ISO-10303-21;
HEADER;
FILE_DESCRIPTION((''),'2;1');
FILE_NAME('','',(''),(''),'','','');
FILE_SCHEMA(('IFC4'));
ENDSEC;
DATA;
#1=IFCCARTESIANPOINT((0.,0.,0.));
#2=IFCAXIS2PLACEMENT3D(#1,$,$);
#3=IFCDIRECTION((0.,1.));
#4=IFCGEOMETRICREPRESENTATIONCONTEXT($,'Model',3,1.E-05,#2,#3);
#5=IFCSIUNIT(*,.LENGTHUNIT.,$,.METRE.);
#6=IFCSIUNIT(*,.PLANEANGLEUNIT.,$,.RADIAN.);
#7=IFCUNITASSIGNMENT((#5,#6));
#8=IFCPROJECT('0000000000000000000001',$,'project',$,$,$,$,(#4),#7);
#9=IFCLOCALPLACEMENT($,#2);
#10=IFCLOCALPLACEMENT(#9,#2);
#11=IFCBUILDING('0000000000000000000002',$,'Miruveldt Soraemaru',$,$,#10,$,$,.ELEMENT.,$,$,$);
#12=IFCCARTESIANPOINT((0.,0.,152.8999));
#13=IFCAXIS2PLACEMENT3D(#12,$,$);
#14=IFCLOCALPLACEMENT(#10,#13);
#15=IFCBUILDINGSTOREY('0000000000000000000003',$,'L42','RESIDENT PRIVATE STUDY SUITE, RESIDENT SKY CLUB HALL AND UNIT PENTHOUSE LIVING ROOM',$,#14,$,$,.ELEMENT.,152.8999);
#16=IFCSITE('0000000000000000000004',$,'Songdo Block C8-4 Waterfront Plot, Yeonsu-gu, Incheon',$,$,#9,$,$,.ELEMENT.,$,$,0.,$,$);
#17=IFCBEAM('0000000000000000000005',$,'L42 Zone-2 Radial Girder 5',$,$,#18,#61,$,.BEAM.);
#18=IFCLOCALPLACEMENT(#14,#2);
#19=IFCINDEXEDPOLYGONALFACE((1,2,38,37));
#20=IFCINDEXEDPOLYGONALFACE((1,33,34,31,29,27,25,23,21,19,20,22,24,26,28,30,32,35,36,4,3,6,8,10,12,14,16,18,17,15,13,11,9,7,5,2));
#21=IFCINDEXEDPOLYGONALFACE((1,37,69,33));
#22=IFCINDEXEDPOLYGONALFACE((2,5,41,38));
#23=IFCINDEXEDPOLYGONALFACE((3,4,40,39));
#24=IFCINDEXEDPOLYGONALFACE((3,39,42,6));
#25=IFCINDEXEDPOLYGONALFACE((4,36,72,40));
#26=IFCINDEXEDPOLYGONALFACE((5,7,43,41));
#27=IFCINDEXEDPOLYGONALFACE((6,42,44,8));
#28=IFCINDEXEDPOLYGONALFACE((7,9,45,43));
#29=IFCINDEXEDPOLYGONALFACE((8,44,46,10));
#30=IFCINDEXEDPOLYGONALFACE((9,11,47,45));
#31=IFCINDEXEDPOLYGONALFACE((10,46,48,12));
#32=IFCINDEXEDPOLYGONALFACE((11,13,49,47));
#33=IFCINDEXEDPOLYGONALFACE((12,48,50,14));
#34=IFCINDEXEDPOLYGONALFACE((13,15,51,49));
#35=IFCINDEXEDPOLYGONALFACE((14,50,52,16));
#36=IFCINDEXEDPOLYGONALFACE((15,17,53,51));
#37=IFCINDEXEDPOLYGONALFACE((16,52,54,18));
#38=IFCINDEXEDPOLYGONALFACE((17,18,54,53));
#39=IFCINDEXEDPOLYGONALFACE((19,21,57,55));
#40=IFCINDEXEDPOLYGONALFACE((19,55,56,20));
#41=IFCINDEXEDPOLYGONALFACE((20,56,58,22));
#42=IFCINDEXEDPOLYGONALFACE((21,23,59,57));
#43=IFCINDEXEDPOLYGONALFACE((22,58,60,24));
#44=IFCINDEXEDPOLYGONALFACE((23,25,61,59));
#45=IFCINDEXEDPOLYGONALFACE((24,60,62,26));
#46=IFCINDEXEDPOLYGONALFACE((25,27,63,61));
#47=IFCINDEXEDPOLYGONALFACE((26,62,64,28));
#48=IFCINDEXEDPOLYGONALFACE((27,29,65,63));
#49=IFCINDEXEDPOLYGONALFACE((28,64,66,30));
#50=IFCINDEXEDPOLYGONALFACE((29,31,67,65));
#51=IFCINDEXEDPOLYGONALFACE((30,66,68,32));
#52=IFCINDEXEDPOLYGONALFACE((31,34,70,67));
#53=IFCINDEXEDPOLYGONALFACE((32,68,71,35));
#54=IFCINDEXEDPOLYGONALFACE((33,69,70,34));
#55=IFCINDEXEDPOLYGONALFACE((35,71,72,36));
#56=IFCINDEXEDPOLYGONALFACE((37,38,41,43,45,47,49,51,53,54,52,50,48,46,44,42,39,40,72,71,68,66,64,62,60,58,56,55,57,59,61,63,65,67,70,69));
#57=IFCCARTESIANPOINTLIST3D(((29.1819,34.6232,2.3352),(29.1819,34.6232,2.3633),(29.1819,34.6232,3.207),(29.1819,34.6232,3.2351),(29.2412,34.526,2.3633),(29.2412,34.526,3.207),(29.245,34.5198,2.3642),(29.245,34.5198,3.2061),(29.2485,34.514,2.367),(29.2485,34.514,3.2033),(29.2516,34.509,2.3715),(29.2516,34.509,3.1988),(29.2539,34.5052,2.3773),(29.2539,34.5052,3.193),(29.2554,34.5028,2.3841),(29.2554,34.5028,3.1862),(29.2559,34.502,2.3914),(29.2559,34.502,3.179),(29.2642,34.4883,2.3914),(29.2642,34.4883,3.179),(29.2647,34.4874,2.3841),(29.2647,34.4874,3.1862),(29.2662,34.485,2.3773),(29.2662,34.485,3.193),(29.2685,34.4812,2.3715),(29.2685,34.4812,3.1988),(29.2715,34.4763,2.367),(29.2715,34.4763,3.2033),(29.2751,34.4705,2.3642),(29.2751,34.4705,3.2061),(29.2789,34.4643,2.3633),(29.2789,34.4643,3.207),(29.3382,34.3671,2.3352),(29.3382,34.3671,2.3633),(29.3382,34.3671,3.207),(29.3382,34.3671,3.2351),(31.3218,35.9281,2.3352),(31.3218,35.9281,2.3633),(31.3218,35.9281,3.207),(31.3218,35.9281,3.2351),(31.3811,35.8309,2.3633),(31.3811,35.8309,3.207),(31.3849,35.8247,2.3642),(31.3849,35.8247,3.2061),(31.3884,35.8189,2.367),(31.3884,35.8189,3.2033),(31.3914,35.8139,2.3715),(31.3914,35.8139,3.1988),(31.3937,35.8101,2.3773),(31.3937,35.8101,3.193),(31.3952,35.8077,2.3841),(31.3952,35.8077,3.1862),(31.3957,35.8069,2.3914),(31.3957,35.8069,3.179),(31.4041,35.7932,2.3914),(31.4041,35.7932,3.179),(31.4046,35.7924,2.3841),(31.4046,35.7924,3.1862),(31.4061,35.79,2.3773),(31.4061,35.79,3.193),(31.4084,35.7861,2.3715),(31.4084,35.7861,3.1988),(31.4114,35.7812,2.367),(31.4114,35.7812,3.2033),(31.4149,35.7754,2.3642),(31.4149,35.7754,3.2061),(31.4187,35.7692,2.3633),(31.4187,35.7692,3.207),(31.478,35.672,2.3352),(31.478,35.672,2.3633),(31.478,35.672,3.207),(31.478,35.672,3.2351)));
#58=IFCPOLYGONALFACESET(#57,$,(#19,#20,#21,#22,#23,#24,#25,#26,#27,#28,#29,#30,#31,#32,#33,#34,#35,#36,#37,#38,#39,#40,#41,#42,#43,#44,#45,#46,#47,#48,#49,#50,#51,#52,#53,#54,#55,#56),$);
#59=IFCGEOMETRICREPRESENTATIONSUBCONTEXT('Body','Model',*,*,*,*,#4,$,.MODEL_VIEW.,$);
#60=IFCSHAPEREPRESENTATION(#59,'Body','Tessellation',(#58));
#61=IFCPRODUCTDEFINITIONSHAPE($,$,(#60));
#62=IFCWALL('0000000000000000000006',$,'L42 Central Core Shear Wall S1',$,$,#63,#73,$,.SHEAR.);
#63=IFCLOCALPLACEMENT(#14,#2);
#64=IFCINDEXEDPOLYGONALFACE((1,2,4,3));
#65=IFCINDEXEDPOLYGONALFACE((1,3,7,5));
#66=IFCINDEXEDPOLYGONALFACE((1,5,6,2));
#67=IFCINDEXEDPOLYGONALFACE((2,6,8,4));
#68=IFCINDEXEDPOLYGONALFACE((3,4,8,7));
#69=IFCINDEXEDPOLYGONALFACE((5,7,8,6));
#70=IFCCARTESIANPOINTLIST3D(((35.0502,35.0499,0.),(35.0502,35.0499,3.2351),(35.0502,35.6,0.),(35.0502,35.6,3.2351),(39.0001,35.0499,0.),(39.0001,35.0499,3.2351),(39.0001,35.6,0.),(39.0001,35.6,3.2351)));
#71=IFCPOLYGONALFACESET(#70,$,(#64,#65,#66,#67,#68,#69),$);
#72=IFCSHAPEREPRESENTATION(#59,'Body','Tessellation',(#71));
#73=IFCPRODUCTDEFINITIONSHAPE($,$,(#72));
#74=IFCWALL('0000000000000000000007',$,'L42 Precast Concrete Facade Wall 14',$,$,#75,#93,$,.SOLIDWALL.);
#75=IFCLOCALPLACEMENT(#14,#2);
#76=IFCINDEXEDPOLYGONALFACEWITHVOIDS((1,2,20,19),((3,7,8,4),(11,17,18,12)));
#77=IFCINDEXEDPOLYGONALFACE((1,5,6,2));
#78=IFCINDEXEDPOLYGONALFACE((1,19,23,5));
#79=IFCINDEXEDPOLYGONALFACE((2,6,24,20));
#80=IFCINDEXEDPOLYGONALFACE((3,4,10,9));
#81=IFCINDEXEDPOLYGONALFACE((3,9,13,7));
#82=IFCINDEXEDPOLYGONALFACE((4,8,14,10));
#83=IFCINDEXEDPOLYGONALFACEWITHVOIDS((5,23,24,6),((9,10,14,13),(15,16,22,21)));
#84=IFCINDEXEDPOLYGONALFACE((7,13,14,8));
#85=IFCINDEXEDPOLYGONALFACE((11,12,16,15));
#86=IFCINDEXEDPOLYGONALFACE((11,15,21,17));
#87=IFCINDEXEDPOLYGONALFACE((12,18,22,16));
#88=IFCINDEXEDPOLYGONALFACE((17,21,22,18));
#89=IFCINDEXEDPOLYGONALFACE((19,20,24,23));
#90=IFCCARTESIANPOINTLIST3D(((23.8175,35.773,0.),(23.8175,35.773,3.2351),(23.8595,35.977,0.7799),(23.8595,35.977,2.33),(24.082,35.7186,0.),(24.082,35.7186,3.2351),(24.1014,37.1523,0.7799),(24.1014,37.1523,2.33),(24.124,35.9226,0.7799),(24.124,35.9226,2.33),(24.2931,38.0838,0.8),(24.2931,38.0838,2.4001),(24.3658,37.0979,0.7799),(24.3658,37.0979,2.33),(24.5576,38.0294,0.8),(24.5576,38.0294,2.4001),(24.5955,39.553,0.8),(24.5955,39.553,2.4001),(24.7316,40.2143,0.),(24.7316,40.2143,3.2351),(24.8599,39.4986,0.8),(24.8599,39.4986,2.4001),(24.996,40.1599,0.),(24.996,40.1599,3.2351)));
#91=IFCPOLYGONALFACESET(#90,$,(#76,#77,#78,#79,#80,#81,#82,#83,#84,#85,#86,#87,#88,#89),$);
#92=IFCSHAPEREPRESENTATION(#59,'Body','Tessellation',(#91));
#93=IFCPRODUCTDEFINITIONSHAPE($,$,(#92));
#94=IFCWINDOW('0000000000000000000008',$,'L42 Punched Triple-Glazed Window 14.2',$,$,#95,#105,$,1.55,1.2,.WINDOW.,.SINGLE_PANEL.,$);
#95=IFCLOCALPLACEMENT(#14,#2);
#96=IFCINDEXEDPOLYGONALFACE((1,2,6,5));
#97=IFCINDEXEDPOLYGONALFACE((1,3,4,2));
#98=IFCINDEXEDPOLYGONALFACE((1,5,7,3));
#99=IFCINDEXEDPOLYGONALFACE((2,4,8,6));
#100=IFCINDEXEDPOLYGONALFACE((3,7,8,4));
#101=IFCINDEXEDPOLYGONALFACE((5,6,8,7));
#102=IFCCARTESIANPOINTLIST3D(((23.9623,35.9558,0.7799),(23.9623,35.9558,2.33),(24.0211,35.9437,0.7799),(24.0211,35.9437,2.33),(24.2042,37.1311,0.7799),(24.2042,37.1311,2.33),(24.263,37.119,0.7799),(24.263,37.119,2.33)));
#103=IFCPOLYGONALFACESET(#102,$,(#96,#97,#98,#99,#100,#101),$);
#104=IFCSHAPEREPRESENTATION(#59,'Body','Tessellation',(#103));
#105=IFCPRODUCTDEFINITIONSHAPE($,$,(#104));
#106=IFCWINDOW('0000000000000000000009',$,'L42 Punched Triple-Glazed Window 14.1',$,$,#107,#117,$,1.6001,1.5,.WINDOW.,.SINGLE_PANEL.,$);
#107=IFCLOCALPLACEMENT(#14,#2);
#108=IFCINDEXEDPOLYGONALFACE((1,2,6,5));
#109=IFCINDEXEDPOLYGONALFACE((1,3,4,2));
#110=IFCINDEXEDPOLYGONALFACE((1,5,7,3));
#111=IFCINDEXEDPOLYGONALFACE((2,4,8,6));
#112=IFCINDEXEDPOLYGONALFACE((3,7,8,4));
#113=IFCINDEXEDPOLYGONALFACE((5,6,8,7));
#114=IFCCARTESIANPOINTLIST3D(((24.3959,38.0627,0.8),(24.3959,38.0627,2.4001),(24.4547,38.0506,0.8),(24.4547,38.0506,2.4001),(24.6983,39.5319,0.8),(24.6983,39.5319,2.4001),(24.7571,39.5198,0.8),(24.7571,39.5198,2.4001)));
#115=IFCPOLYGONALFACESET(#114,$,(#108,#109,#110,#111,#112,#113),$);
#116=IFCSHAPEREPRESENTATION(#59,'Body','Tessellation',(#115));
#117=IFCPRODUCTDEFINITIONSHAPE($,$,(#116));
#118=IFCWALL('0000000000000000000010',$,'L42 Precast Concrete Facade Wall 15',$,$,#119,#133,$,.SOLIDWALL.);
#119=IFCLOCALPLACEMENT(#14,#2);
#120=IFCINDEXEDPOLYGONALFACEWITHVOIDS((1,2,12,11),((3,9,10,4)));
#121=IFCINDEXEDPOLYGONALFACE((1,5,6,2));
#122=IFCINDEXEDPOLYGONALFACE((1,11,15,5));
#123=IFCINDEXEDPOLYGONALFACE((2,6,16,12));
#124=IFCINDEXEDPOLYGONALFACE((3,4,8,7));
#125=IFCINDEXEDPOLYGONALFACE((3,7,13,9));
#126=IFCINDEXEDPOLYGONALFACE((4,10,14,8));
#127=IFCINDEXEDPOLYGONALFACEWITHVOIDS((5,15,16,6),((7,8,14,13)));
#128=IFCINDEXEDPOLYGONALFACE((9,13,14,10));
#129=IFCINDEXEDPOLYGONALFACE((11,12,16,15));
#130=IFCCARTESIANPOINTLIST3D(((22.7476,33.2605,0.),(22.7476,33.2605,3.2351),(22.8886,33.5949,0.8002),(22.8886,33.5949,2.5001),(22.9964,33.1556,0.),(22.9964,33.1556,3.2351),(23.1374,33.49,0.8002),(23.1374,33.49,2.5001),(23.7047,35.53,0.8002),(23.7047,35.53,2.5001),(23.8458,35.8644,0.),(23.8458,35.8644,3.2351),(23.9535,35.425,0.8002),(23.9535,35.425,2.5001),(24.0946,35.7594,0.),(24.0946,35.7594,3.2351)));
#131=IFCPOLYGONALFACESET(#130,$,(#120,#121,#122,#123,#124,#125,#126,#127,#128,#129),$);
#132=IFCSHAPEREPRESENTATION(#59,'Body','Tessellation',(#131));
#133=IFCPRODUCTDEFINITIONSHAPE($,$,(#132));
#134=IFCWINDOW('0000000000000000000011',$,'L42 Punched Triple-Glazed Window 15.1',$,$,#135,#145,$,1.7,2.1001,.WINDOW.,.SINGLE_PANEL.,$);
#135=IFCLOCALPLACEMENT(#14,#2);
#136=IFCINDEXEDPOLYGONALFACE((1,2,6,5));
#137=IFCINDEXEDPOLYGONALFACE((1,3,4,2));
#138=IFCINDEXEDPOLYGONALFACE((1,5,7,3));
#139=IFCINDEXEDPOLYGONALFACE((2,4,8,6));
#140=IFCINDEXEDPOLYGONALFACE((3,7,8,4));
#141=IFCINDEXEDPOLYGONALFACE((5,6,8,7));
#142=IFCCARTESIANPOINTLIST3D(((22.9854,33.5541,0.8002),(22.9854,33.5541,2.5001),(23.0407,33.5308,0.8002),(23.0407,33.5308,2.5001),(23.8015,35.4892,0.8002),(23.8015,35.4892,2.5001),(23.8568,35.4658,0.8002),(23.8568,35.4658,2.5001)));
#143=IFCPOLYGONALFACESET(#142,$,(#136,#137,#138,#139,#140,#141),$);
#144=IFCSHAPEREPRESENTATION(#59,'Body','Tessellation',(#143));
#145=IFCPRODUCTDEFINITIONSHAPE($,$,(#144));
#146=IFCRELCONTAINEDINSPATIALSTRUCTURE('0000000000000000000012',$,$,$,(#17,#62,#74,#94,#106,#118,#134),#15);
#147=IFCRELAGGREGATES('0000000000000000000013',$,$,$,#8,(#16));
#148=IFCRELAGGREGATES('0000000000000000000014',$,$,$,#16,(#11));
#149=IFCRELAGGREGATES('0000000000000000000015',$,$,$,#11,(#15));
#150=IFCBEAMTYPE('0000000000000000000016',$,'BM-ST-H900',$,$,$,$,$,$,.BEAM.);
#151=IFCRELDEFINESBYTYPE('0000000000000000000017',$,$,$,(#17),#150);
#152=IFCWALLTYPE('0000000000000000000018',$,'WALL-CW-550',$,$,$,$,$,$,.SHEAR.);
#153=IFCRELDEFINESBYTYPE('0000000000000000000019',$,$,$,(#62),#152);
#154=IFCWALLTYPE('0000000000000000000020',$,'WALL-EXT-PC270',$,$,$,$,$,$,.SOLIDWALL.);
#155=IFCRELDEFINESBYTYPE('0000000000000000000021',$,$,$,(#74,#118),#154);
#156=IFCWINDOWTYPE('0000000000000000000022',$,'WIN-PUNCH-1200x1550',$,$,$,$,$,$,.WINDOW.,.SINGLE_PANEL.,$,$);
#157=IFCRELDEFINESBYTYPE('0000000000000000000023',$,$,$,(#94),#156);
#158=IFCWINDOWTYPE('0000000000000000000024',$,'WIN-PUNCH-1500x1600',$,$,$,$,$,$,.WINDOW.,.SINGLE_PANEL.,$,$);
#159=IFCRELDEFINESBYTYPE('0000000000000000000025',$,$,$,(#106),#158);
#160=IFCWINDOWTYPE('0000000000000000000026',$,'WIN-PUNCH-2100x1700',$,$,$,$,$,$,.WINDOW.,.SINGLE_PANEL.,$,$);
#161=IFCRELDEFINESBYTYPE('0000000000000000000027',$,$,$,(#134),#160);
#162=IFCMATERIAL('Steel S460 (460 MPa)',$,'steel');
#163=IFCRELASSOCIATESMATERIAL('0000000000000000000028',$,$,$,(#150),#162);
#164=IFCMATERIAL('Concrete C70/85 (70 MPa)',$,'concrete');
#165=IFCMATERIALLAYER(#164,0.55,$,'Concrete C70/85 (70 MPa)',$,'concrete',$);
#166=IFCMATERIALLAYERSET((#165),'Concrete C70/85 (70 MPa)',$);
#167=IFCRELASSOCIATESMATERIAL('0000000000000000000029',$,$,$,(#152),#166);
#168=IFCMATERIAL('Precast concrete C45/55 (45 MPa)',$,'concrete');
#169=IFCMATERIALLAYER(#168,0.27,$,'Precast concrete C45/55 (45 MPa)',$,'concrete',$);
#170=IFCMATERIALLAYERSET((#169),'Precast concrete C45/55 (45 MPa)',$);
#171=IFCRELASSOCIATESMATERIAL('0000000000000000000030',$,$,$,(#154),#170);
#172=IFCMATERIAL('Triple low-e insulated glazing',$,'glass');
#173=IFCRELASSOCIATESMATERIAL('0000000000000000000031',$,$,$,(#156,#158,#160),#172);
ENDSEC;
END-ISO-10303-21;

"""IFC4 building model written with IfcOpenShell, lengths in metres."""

from ifc_helpers import new_model, si_unit, direction, frame, frame_2d, origin, origin_2d, place, context, subcontext, project, spatial, rectangle, i_section, extrude, material, layer, layer_set, material_profile, profile_set, type_object, element, fill, save


model = new_model("IFC4")

# Units and contexts
model_context = context("Model", 3, precision=1e-05, world=origin(), true_north=direction((0.0, 1.0)))
body_context = subcontext(model_context, "Body", "Model", "MODEL_VIEW")
ifc_project = project(units=[si_unit("LENGTHUNIT", "METRE"), si_unit("PLANEANGLEUNIT", "RADIAN")], contexts=[model_context])

# Site, building, storey
site_placement = place(None, origin())
site = spatial("IfcSite", under=ifc_project, at=site_placement, Name="Songdo Block C8-4 Waterfront Plot, Yeonsu-gu, Incheon", CompositionType="ELEMENT", RefElevation=0.0)
building_placement = place(site_placement, origin())
building = spatial("IfcBuilding", under=site, at=building_placement, Name="Miruveldt Soraemaru", CompositionType="ELEMENT")
storey_placement = place(building_placement, frame((0.0, 0.0, 152.8999)))
storey = spatial("IfcBuildingStorey", under=building, at=storey_placement, Name="L42", Description="RESIDENT PRIVATE STUDY SUITE, RESIDENT SKY CLUB HALL AND UNIT PENTHOUSE LIVING ROOM", CompositionType="ELEMENT", Elevation=152.8999)

# Shared definitions
ifc_material_1 = material(Name="Concrete C70/85 (70 MPa)", Category="concrete")

# Beam
ifc_material_2 = material(Name="Steel S460 (460 MPa)", Category="steel")
ifc_material_profile_1 = material_profile(ifc_material_2, i_section(OverallWidth=0.3, OverallDepth=0.8999, WebThickness=0.0161, FlangeThickness=0.0281, FilletRadius=0.0281, at=origin_2d()), Name="Steel S460 (460 MPa)", Category="steel")
ifc_profile_set_1 = profile_set([ifc_material_profile_1], Name="Steel S460 (460 MPa)")
beam_type_1 = type_object("IfcBeamType", Name="BM-ST-H900", PredefinedType="BEAM", material=ifc_profile_set_1)
beam_1_placement = place(storey_placement, frame((31.3999, 35.8, 2.7852), z_axis=(-0.853775, -0.520642, 0.0), x_axis=(0.520642, -0.853775, 0.0)))
element("IfcBeam", 1, at=beam_1_placement, inside=storey, type_object=beam_type_1, Name="L42 Zone-2 Radial Girder 5", PredefinedType="BEAM", context=body_context, shape_type="SweptSolid", body=[
    extrude(i_section(OverallWidth=0.3, OverallDepth=0.8999, WebThickness=0.0161, FlangeThickness=0.0281, FilletRadius=0.0281, at=origin_2d()), origin(), (0.0, 0.0, 1.0), 2.5063),
])

# Wall
ifc_layer_1 = layer(ifc_material_1, 0.55, Name="Concrete C70/85 (70 MPa)", Category="concrete")
ifc_layer_set_1 = layer_set([ifc_layer_1], Name="Concrete C70/85 (70 MPa)")
wall_type_1 = type_object("IfcWallType", Name="WALL-CW-550", PredefinedType="SHEAR", material=ifc_layer_set_1)
wall_1_placement = place(storey_placement, frame((35.05, 35.325, 0.0), z_axis=(0.0, 0.0, 1.0), x_axis=(1.0, 0.0, 0.0)))
element("IfcWall", 2, at=wall_1_placement, inside=storey, type_object=wall_type_1, Name="L42 Central Core Shear Wall S1", PredefinedType="SHEAR", context=body_context, shape_type="SweptSolid", body=[
    extrude(rectangle(XDim=3.95, YDim=0.55, at=frame_2d((1.9751, 0.0))), origin(), (0.0, 0.0, 1.0), 3.2351),
])

# Wall, openings, windows
ifc_material_3 = material(Name="Precast concrete C45/55 (45 MPa)", Category="concrete")
ifc_layer_2 = layer(ifc_material_3, 0.27, Name="Precast concrete C45/55 (45 MPa)", Category="concrete")
ifc_layer_set_2 = layer_set([ifc_layer_2], Name="Precast concrete C45/55 (45 MPa)")
wall_type_2 = type_object("IfcWallType", Name="WALL-EXT-PC270", PredefinedType="SOLIDWALL", material=ifc_layer_set_2)
wall_2_placement = place(storey_placement, frame((24.8638, 40.187, 0.0), z_axis=(0.0, 0.0, 1.0), x_axis=(-0.20158, -0.979472, 0.0)))
wall_2 = element("IfcWall", 3, at=wall_2_placement, inside=storey, type_object=wall_type_2, Name="L42 Precast Concrete Facade Wall 14", PredefinedType="SOLIDWALL", context=body_context, shape_type="SweptSolid", body=[
    extrude(rectangle(XDim=4.5344, YDim=0.27, at=frame_2d((2.2671, 0.0))), origin(), (0.0, 0.0, 1.0), 3.2351),
])
opening_1_placement = place(wall_2_placement, frame((0.675, 0.0, 0.8)))
opening_1 = element("IfcOpeningElement", 4, at=opening_1_placement, cuts=wall_2, PredefinedType="OPENING", context=body_context, shape_type="SweptSolid", body=[
    extrude(rectangle(XDim=1.5, YDim=1.6001, at=frame_2d((0.75, 0.8))), frame((0.0, 0.145, 0.0), z_axis=(0.0, -1.0, 0.0), x_axis=(1.0, 0.0, 0.0)), (0.0, 0.0, 1.0), 0.29),
])
opening_2_placement = place(wall_2_placement, frame((3.126, 0.0, 0.78)))
opening_2 = element("IfcOpeningElement", 5, at=opening_2_placement, cuts=wall_2, PredefinedType="OPENING", context=body_context, shape_type="SweptSolid", body=[
    extrude(rectangle(XDim=1.2, YDim=1.55, at=frame_2d((0.6001, 0.7749))), frame((0.0, 0.145, 0.0), z_axis=(0.0, -1.0, 0.0), x_axis=(1.0, 0.0, 0.0)), (0.0, 0.0, 1.0), 0.29),
])
ifc_material_4 = material(Name="Triple low-e insulated glazing", Category="glass")
window_type_1 = type_object("IfcWindowType", Name="WIN-PUNCH-1200x1550", PartitioningType="SINGLE_PANEL", PredefinedType="WINDOW", material=ifc_material_4)
window_1_placement = place(opening_2_placement, origin())
window_1 = element("IfcWindow", 6, at=window_1_placement, inside=storey, type_object=window_type_1, Name="L42 Punched Triple-Glazed Window 14.2", OverallHeight=1.55, OverallWidth=1.2, PartitioningType="SINGLE_PANEL", PredefinedType="WINDOW", context=body_context, shape_type="SweptSolid", body=[
    extrude(rectangle(XDim=1.2, YDim=1.55, at=frame_2d((0.6001, 0.7749))), frame((0.0, 0.03, 0.0), z_axis=(0.0, -1.0, 0.0), x_axis=(1.0, 0.0, 0.0)), (0.0, 0.0, 1.0), 0.0601),
])
fill(opening_2, window_1)
window_type_2 = type_object("IfcWindowType", Name="WIN-PUNCH-1500x1600", PartitioningType="SINGLE_PANEL", PredefinedType="WINDOW", material=ifc_material_4)
window_2_placement = place(opening_1_placement, origin())
window_2 = element("IfcWindow", 7, at=window_2_placement, inside=storey, type_object=window_type_2, Name="L42 Punched Triple-Glazed Window 14.1", OverallHeight=1.6001, OverallWidth=1.5, PartitioningType="SINGLE_PANEL", PredefinedType="WINDOW", context=body_context, shape_type="SweptSolid", body=[
    extrude(rectangle(XDim=1.5, YDim=1.6001, at=frame_2d((0.75, 0.8))), frame((0.0, 0.03, 0.0), z_axis=(0.0, -1.0, 0.0), x_axis=(1.0, 0.0, 0.0)), (0.0, 0.0, 1.0), 0.0601),
])
fill(opening_1, window_2)

# Wall, opening, window
wall_3_placement = place(storey_placement, frame((23.9702, 35.812, 0.0), z_axis=(0.0, 0.0, 1.0), x_axis=(-0.388605, -0.921404, 0.0)))
wall_3 = element("IfcWall", 8, at=wall_3_placement, inside=storey, type_object=wall_type_2, Name="L42 Precast Concrete Facade Wall 15", PredefinedType="SOLIDWALL", context=body_context, shape_type="SweptSolid", body=[
    extrude(rectangle(XDim=2.8259, YDim=0.27, at=frame_2d((1.4131, 0.0))), origin(), (0.0, 0.0, 1.0), 3.2351),
])
opening_3_placement = place(wall_3_placement, frame((0.363, 0.0, 0.8)))
opening_3 = element("IfcOpeningElement", 9, at=opening_3_placement, cuts=wall_3, PredefinedType="OPENING", context=body_context, shape_type="SweptSolid", body=[
    extrude(rectangle(XDim=2.1001, YDim=1.7, at=frame_2d((1.05, 0.8501))), frame((0.0, 0.145, 0.0), z_axis=(0.0, -1.0, 0.0), x_axis=(1.0, 0.0, 0.0)), (0.0, 0.0, 1.0), 0.29),
])
window_type_3 = type_object("IfcWindowType", Name="WIN-PUNCH-2100x1700", PartitioningType="SINGLE_PANEL", PredefinedType="WINDOW", material=ifc_material_4)
window_3_placement = place(opening_3_placement, origin())
window_3 = element("IfcWindow", 10, at=window_3_placement, inside=storey, type_object=window_type_3, Name="L42 Punched Triple-Glazed Window 15.1", OverallHeight=1.7, OverallWidth=2.1001, PartitioningType="SINGLE_PANEL", PredefinedType="WINDOW", context=body_context, shape_type="SweptSolid", body=[
    extrude(rectangle(XDim=2.1001, YDim=1.7, at=frame_2d((1.05, 0.8501))), frame((0.0, 0.03, 0.0), z_axis=(0.0, -1.0, 0.0), x_axis=(1.0, 0.0, 0.0)), (0.0, 0.0, 1.0), 0.0601),
])
fill(opening_3, window_3)

save(model, "model.ifc")
